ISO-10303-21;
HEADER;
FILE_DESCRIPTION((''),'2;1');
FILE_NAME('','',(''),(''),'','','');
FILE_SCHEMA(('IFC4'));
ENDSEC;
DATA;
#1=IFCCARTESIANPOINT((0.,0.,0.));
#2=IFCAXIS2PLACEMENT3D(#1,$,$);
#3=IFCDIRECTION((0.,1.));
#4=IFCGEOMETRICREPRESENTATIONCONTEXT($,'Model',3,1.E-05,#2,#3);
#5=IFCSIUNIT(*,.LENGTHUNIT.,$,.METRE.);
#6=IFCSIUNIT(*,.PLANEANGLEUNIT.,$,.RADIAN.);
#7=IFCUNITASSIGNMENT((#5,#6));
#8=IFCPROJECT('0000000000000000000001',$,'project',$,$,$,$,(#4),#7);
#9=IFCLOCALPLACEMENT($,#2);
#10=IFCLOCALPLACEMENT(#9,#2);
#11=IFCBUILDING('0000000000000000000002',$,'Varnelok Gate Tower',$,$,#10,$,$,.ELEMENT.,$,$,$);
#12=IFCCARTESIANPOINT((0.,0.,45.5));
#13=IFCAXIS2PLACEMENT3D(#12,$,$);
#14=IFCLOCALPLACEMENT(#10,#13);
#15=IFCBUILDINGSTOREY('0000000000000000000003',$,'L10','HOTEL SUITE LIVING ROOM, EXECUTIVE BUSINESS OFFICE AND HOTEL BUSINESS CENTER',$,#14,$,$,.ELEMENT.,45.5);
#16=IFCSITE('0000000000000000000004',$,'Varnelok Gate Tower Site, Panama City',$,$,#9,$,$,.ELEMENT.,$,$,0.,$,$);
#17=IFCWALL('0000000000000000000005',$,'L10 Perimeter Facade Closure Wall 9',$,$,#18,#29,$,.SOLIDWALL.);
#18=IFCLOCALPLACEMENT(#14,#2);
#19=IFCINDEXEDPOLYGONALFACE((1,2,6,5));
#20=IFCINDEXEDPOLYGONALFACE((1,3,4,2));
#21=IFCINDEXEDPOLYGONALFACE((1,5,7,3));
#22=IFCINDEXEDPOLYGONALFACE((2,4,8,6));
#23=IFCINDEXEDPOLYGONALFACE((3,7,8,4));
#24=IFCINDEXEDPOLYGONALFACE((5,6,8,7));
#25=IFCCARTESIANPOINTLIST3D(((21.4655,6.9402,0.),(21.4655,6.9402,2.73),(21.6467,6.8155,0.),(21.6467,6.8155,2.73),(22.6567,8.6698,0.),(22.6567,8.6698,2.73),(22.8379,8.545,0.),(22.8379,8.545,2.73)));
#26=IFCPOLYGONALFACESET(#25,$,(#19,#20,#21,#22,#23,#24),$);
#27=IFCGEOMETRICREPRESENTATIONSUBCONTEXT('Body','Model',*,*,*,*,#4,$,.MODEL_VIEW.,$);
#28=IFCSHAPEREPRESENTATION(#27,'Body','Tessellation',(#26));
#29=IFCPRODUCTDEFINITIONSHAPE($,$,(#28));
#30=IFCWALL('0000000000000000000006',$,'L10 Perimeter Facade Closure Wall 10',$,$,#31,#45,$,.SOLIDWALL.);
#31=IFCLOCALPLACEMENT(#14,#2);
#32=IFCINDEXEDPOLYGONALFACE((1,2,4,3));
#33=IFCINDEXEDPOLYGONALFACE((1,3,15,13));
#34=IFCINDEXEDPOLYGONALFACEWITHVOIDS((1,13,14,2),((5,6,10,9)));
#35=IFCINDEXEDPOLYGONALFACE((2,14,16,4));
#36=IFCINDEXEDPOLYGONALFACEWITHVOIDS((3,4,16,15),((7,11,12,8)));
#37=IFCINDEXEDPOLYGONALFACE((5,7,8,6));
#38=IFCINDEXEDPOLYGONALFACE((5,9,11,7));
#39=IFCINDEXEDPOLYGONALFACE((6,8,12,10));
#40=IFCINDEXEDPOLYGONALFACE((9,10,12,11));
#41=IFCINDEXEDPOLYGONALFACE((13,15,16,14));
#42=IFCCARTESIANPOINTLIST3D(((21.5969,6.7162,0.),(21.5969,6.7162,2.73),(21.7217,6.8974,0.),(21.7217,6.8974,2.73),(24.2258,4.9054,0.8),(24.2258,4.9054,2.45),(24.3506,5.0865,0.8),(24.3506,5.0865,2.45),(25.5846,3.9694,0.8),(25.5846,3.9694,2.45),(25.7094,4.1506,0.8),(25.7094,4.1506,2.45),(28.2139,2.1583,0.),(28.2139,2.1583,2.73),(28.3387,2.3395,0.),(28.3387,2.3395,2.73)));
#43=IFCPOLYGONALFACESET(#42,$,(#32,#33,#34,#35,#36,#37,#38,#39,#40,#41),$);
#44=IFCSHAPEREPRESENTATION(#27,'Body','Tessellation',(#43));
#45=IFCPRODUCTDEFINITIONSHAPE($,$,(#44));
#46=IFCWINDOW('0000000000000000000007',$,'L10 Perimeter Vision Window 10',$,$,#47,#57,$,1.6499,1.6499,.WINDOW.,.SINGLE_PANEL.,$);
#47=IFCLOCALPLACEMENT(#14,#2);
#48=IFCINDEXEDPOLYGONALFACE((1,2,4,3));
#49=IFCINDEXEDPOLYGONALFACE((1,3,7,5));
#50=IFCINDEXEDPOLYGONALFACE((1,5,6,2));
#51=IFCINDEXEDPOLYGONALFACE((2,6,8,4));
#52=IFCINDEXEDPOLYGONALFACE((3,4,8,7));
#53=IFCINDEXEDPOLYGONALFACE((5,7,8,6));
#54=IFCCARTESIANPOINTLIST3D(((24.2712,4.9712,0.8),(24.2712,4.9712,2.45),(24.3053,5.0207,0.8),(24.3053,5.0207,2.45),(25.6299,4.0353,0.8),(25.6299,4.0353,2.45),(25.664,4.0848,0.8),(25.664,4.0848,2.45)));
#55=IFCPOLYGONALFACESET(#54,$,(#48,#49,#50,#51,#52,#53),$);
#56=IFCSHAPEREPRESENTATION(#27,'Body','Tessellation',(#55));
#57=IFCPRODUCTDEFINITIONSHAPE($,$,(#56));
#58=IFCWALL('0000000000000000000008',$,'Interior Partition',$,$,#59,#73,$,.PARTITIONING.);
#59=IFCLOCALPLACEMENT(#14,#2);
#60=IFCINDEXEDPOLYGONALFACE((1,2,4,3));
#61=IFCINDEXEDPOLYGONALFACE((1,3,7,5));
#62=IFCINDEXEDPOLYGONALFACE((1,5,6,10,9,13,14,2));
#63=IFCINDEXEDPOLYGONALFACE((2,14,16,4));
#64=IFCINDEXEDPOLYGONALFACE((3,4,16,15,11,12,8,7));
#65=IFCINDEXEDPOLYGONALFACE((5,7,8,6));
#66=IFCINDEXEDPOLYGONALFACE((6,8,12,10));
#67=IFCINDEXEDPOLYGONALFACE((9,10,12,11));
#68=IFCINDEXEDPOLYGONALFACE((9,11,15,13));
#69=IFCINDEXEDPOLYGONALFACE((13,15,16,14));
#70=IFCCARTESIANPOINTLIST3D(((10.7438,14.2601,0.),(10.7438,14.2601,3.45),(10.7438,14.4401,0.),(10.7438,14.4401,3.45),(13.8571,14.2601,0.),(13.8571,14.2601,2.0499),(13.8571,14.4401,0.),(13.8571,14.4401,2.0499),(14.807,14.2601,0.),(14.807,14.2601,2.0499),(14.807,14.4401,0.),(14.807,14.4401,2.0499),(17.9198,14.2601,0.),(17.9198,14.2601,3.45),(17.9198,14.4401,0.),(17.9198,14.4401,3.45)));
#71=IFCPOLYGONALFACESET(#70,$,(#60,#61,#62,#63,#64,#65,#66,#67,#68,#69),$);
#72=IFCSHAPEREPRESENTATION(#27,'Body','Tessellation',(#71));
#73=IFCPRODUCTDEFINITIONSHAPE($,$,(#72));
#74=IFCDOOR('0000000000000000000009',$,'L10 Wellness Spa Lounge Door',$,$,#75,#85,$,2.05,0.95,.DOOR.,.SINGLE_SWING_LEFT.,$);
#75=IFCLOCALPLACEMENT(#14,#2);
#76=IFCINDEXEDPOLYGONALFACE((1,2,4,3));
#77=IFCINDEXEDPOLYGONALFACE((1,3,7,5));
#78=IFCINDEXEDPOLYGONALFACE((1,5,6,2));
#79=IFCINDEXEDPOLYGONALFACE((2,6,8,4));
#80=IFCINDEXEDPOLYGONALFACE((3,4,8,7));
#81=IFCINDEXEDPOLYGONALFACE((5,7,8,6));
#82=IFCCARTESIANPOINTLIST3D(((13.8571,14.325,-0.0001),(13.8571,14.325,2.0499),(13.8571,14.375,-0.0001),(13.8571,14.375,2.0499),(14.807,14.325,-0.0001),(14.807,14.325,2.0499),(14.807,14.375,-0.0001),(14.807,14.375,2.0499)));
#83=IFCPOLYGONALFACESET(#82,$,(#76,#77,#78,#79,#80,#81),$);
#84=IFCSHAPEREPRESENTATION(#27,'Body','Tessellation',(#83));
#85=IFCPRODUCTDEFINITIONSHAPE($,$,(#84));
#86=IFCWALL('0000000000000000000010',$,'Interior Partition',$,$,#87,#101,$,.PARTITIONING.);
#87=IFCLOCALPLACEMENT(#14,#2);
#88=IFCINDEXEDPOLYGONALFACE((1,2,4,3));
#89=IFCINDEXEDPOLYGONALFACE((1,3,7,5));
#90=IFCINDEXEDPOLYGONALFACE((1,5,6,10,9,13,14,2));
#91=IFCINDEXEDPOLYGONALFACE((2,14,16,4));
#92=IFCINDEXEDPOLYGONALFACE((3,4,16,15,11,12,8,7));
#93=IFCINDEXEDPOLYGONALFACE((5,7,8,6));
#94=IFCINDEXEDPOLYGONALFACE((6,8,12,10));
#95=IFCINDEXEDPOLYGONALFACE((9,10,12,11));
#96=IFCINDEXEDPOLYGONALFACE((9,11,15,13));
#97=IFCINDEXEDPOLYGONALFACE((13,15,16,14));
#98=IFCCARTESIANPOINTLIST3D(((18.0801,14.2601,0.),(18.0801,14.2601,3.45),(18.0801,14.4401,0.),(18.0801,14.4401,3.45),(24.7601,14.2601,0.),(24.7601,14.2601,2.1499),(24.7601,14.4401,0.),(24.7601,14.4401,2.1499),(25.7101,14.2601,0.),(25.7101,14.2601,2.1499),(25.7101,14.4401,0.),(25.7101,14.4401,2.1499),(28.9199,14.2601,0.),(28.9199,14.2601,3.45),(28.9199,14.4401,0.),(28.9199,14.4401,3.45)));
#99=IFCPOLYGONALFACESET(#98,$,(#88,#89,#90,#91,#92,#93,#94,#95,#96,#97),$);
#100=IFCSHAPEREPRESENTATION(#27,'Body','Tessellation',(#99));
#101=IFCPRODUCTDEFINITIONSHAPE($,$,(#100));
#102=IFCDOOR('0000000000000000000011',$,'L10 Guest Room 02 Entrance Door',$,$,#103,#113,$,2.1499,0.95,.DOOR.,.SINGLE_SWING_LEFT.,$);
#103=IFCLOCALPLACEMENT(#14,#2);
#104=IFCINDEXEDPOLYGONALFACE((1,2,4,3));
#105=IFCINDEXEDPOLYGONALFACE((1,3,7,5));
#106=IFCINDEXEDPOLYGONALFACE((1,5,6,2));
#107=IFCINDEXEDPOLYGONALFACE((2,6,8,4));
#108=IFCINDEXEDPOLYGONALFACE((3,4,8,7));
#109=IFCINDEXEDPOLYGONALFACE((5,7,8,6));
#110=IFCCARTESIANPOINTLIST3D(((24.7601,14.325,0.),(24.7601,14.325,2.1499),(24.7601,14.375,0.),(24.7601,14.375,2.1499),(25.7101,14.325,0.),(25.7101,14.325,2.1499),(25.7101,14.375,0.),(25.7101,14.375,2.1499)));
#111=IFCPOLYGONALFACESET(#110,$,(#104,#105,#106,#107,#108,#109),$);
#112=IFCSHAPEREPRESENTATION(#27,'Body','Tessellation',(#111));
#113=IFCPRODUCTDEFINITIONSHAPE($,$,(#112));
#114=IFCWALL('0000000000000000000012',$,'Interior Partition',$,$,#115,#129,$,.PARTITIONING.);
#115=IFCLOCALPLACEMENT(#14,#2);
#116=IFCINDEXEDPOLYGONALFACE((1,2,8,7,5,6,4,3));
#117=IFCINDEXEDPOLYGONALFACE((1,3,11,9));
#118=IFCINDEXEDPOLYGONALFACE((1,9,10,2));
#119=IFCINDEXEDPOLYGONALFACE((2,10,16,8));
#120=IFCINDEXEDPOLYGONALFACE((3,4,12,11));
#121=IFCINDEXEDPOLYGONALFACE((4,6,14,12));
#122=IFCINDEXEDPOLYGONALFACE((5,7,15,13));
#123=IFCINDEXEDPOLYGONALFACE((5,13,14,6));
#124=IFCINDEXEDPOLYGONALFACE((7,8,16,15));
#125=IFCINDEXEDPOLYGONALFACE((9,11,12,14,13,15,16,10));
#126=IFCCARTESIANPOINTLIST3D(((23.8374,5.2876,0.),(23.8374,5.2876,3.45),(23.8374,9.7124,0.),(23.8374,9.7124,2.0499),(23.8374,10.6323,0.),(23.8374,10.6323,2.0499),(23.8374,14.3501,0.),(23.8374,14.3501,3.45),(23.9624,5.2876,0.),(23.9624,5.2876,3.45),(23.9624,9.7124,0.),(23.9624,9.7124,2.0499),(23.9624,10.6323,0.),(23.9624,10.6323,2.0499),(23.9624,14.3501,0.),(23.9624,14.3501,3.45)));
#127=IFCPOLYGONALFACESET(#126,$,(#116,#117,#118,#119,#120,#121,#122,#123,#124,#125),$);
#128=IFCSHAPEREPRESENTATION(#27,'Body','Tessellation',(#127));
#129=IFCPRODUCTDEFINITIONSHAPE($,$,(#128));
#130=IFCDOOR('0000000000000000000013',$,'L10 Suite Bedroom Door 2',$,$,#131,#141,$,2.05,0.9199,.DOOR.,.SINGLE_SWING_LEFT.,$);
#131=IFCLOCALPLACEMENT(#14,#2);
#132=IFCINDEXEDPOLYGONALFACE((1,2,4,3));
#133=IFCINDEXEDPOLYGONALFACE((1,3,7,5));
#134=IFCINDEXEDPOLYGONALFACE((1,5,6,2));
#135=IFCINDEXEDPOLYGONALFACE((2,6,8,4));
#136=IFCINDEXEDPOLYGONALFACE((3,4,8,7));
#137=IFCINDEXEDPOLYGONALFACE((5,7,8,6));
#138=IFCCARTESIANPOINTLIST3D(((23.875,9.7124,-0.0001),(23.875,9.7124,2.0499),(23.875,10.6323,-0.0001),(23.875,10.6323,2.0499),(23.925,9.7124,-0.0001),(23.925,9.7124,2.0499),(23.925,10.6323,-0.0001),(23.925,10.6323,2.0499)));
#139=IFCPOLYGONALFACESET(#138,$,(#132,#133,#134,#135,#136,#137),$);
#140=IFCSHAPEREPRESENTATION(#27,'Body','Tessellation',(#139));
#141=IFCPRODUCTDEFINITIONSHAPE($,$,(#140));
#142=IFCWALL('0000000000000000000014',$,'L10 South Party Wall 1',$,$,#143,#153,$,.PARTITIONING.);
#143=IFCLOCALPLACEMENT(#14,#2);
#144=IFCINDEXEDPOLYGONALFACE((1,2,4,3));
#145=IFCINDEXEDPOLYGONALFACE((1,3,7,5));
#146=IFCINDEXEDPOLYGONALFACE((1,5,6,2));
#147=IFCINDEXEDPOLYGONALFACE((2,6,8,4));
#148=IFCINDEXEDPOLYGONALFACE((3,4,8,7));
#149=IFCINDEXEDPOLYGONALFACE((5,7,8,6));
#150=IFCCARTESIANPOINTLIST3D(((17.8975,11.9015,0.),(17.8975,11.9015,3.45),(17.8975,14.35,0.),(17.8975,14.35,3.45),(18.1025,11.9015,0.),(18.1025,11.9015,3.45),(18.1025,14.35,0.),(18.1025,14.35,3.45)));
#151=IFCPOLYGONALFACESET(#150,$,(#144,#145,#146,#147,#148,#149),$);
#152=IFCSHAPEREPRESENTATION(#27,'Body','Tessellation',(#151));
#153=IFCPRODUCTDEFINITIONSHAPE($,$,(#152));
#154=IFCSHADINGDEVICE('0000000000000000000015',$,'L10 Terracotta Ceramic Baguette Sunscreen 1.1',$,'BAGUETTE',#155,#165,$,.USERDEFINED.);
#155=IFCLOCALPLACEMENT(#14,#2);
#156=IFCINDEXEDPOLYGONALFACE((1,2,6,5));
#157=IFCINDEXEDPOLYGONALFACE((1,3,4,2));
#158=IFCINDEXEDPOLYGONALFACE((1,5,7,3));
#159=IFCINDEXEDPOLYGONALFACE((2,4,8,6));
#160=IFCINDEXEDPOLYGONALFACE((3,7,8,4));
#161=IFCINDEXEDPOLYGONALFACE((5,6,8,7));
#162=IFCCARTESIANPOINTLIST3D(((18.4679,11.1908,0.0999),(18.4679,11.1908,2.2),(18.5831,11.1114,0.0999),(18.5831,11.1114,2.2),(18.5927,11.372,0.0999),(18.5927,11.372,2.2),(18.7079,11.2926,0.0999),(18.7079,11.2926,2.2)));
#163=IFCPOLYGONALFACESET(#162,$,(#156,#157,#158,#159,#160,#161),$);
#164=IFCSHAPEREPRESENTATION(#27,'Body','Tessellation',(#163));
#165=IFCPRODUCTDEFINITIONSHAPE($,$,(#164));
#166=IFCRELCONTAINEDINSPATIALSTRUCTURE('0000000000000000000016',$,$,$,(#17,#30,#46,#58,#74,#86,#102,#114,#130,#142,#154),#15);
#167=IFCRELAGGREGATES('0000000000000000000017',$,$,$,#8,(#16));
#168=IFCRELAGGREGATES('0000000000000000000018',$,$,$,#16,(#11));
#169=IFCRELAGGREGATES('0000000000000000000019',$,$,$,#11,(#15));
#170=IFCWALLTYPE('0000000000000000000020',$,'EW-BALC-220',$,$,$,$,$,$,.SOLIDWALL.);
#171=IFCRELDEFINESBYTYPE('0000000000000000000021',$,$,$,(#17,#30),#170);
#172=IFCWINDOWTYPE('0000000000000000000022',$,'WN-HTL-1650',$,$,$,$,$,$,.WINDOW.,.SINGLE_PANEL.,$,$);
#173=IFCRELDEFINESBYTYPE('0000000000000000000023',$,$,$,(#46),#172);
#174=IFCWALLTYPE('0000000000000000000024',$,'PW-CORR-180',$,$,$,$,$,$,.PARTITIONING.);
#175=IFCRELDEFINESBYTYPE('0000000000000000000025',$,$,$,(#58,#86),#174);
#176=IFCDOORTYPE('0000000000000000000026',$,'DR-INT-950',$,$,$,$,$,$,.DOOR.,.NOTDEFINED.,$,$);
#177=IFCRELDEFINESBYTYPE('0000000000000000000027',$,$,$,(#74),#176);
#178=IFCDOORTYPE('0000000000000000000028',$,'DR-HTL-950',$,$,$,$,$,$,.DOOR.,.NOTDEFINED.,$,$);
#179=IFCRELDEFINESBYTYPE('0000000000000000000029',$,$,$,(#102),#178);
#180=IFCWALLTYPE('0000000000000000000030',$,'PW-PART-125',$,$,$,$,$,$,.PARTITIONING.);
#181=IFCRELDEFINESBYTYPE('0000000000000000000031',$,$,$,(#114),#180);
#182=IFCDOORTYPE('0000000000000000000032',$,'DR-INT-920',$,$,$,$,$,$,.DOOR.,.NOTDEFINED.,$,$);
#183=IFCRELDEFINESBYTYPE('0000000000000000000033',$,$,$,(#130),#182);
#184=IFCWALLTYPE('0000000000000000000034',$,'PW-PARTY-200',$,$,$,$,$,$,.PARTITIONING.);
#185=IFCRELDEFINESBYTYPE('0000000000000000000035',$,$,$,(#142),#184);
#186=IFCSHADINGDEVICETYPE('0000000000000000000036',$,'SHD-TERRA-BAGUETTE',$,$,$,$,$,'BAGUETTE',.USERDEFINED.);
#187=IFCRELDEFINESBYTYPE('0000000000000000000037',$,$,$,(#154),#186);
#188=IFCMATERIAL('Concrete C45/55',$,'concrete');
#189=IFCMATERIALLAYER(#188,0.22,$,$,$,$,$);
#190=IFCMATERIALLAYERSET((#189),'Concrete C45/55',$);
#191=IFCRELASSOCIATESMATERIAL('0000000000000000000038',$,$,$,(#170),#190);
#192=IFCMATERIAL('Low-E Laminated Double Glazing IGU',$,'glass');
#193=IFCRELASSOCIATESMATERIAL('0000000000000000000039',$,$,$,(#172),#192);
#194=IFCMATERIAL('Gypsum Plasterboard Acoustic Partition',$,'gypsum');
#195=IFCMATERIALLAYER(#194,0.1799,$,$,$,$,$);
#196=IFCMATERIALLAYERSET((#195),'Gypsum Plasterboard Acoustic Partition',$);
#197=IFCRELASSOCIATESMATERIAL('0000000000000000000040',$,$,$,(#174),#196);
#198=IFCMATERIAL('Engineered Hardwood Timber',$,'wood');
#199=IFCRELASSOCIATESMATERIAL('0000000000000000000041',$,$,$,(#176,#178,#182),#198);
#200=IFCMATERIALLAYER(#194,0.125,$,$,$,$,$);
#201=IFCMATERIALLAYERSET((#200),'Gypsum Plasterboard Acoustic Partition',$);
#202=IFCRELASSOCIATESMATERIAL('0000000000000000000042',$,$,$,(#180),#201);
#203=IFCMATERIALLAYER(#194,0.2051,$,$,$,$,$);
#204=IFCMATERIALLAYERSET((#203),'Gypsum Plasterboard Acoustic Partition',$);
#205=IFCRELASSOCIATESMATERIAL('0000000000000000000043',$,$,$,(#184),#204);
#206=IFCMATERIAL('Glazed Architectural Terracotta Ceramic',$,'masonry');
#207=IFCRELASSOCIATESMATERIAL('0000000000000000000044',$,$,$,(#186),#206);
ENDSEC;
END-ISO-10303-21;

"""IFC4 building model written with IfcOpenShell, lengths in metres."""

from ifc_helpers import new_model, si_unit, direction, frame, frame_2d, origin, origin_2d, place, context, subcontext, project, spatial, rectangle, extrude, source, transform, mapped, material, layer, layer_set, type_object, element, fill, save


model = new_model("IFC4")

# Units and contexts
model_context = context("Model", 3, precision=1e-05, world=origin(), true_north=direction((0.0, 1.0)))
body_context = subcontext(model_context, "Body", "Model", "MODEL_VIEW")
ifc_project = project(units=[si_unit("LENGTHUNIT", "METRE"), si_unit("PLANEANGLEUNIT", "RADIAN")], contexts=[model_context])

# Site, building, storey
site_placement = place(None, origin())
site = spatial("IfcSite", under=ifc_project, at=site_placement, Name="Varnelok Gate Tower Site, Panama City", CompositionType="ELEMENT", RefElevation=0.0)
building_placement = place(site_placement, origin())
building = spatial("IfcBuilding", under=site, at=building_placement, Name="Varnelok Gate Tower", CompositionType="ELEMENT")
storey_placement = place(building_placement, frame((0.0, 0.0, 45.5)))
storey = spatial("IfcBuildingStorey", under=building, at=storey_placement, Name="L10", Description="HOTEL SUITE LIVING ROOM, EXECUTIVE BUSINESS OFFICE AND HOTEL BUSINESS CENTER", CompositionType="ELEMENT", Elevation=45.5)

# Shared definitions
ifc_material_1 = material(Name="Concrete C45/55", Category="concrete")
ifc_layer_1 = layer(ifc_material_1, 0.22)
ifc_layer_set_1 = layer_set([ifc_layer_1], Name="Concrete C45/55")
wall_type_1 = type_object("IfcWallType", Name="EW-BALC-220", PredefinedType="SOLIDWALL", material=ifc_layer_set_1)

# Wall
wall_1_placement = place(storey_placement, frame((22.7473, 8.6074, 0.0), z_axis=(0.0, 0.0, 1.0), x_axis=(-0.567219, -0.823567, 0.0)))
element("IfcWall", 1, at=wall_1_placement, inside=storey, type_object=wall_type_1, Name="L10 Perimeter Facade Closure Wall 9", PredefinedType="SOLIDWALL", context=body_context, shape_type="SweptSolid", body=[
    extrude(rectangle(XDim=2.1001, YDim=0.22, at=frame_2d((1.05, 0.0))), origin(), (0.0, 0.0, 1.0), 2.73),
])

# Wall, opening, window
wall_2_placement = place(storey_placement, frame((21.6592, 6.8069, 0.0), z_axis=(0.0, 0.0, 1.0), x_axis=(0.823535, -0.567265, 0.0)))
wall_2 = element("IfcWall", 2, at=wall_2_placement, inside=storey, type_object=wall_type_1, Name="L10 Perimeter Facade Closure Wall 10", PredefinedType="SOLIDWALL", context=body_context, shape_type="SweptSolid", body=[
    extrude(rectangle(XDim=8.0349, YDim=0.22, at=frame_2d((4.0176, 0.0))), origin(), (0.0, 0.0, 1.0), 2.73),
])
opening_1_placement = place(wall_2_placement, frame((3.1924, 0.0, 0.8)))
opening_1 = element("IfcOpeningElement", 3, at=opening_1_placement, cuts=wall_2, PredefinedType="OPENING", context=body_context, shape_type="SweptSolid", body=[
    extrude(rectangle(XDim=1.6499, YDim=1.6499, at=frame_2d((0.825, 0.825))), frame((0.0, 0.1199, 0.0), z_axis=(0.0, -1.0, 0.0), x_axis=(1.0, 0.0, 0.0)), (0.0, 0.0, 1.0), 0.24),
])
ifc_material_2 = material(Name="Low-E Laminated Double Glazing IGU", Category="glass")
window_type = type_object("IfcWindowType", Name="WN-HTL-1650", PartitioningType="SINGLE_PANEL", PredefinedType="WINDOW", material=ifc_material_2)
window_placement = place(opening_1_placement, origin())
window = element("IfcWindow", 4, at=window_placement, inside=storey, type_object=window_type, Name="L10 Perimeter Vision Window 10", OverallHeight=1.6499, OverallWidth=1.6499, PartitioningType="SINGLE_PANEL", PredefinedType="WINDOW", context=body_context, shape_type="SweptSolid", body=[
    extrude(rectangle(XDim=1.6499, YDim=1.6499, at=frame_2d((0.825, 0.825))), frame((0.0, 0.03, 0.0), z_axis=(0.0, -1.0, 0.0), x_axis=(1.0, 0.0, 0.0)), (0.0, 0.0, 1.0), 0.0601),
])
fill(opening_1, window)

# Walls, openings, doors
ifc_material_3 = material(Name="Gypsum Plasterboard Acoustic Partition", Category="gypsum")
ifc_layer_2 = layer(ifc_material_3, 0.1799)
ifc_layer_set_2 = layer_set([ifc_layer_2], Name="Gypsum Plasterboard Acoustic Partition")
wall_type_2 = type_object("IfcWallType", Name="PW-CORR-180", PredefinedType="PARTITIONING", material=ifc_layer_set_2)
wall_3_placement = place(storey_placement, frame((10.7439, 14.3501, 0.0), z_axis=(0.0, 0.0, 1.0), x_axis=(1.0, 0.0, 0.0)))
wall_3 = element("IfcWall", 5, at=wall_3_placement, inside=storey, type_object=wall_type_2, Name="Interior Partition", PredefinedType="PARTITIONING", context=body_context, shape_type="SweptSolid", body=[
    extrude(rectangle(XDim=7.176, YDim=0.1799, at=frame_2d((3.5879, 0.0))), origin(), (0.0, 0.0, 1.0), 3.45),
])
opening_2_placement = place(wall_3_placement, frame((3.113, 0.0, 0.0)))
opening_2 = element("IfcOpeningElement", 6, at=opening_2_placement, cuts=wall_3, PredefinedType="OPENING", context=body_context, shape_type="SweptSolid", body=[
    extrude(rectangle(XDim=0.95, YDim=2.05, at=frame_2d((0.4751, 1.0249))), frame((0.0, 0.0999, 0.0), z_axis=(0.0, -1.0, 0.0), x_axis=(1.0, 0.0, 0.0)), (0.0, 0.0, 1.0), 0.2),
])
ifc_material_4 = material(Name="Engineered Hardwood Timber", Category="wood")
door_type_1 = type_object("IfcDoorType", Name="DR-INT-950", OperationType="NOTDEFINED", PredefinedType="DOOR", material=ifc_material_4)
door_1_placement = place(opening_2_placement, origin())
door_1 = element("IfcDoor", 7, at=door_1_placement, inside=storey, type_object=door_type_1, Name="L10 Wellness Spa Lounge Door", OperationType="SINGLE_SWING_LEFT", OverallHeight=2.05, OverallWidth=0.95, PredefinedType="DOOR", context=body_context, shape_type="SweptSolid", body=[
    extrude(rectangle(XDim=0.95, YDim=2.05, at=frame_2d((0.4751, 1.0249))), frame((0.0, 0.0249, 0.0), z_axis=(0.0, -1.0, 0.0), x_axis=(1.0, 0.0, 0.0)), (0.0, 0.0, 1.0), 0.05),
])
fill(opening_2, door_1)
wall_4_placement = place(storey_placement, frame((18.0801, 14.3501, 0.0), z_axis=(0.0, 0.0, 1.0), x_axis=(1.0, 0.0, 0.0)))
wall_4 = element("IfcWall", 8, at=wall_4_placement, inside=storey, type_object=wall_type_2, Name="Interior Partition", PredefinedType="PARTITIONING", context=body_context, shape_type="SweptSolid", body=[
    extrude(rectangle(XDim=10.8398, YDim=0.1799, at=frame_2d((5.4199, 0.0))), origin(), (0.0, 0.0, 1.0), 3.45),
])
opening_3_placement = place(wall_4_placement, frame((6.6799, 0.0, 0.0)))
opening_3 = element("IfcOpeningElement", 9, at=opening_3_placement, cuts=wall_4, PredefinedType="OPENING", context=body_context, shape_type="SweptSolid", body=[
    extrude(rectangle(XDim=0.95, YDim=2.1499, at=frame_2d((0.4751, 1.075))), frame((0.0, 0.0999, 0.0), z_axis=(0.0, -1.0, 0.0), x_axis=(1.0, 0.0, 0.0)), (0.0, 0.0, 1.0), 0.2),
])
door_type_2 = type_object("IfcDoorType", Name="DR-HTL-950", OperationType="NOTDEFINED", PredefinedType="DOOR", material=ifc_material_4)
door_2_placement = place(opening_3_placement, origin())
door_2 = element("IfcDoor", 10, at=door_2_placement, inside=storey, type_object=door_type_2, Name="L10 Guest Room 02 Entrance Door", OperationType="SINGLE_SWING_LEFT", OverallHeight=2.1499, OverallWidth=0.95, PredefinedType="DOOR", context=body_context, shape_type="SweptSolid", body=[
    extrude(rectangle(XDim=0.95, YDim=2.1499, at=frame_2d((0.4751, 1.075))), frame((0.0, 0.0249, 0.0), z_axis=(0.0, -1.0, 0.0), x_axis=(1.0, 0.0, 0.0)), (0.0, 0.0, 1.0), 0.05),
])
fill(opening_3, door_2)
ifc_layer_3 = layer(ifc_material_3, 0.125)
ifc_layer_set_3 = layer_set([ifc_layer_3], Name="Gypsum Plasterboard Acoustic Partition")
wall_type_3 = type_object("IfcWallType", Name="PW-PART-125", PredefinedType="PARTITIONING", material=ifc_layer_set_3)
wall_5_placement = place(storey_placement, frame((23.8999, 5.2876, 0.0), z_axis=(0.0, 0.0, 1.0), x_axis=(0.0, 1.0, 0.0)))
wall_5 = element("IfcWall", 11, at=wall_5_placement, inside=storey, type_object=wall_type_3, Name="Interior Partition", PredefinedType="PARTITIONING", context=body_context, shape_type="SweptSolid", body=[
    extrude(rectangle(XDim=9.0625, YDim=0.125, at=frame_2d((4.5312, 0.0))), origin(), (0.0, 0.0, 1.0), 3.45),
])
opening_4_placement = place(wall_5_placement, frame((4.4248, 0.0, 0.0)))
opening_4 = element("IfcOpeningElement", 12, at=opening_4_placement, cuts=wall_5, PredefinedType="OPENING", context=body_context, shape_type="SweptSolid", body=[
    extrude(rectangle(XDim=0.9199, YDim=2.05, at=frame_2d((0.46, 1.0249))), frame((0.0, 0.0725, 0.0), z_axis=(0.0, -1.0, 0.0), x_axis=(1.0, 0.0, 0.0)), (0.0, 0.0, 1.0), 0.145),
])
door_type_3 = type_object("IfcDoorType", Name="DR-INT-920", OperationType="NOTDEFINED", PredefinedType="DOOR", material=ifc_material_4)
door_3_placement = place(opening_4_placement, origin())
door_3 = element("IfcDoor", 13, at=door_3_placement, inside=storey, type_object=door_type_3, Name="L10 Suite Bedroom Door 2", OperationType="SINGLE_SWING_LEFT", OverallHeight=2.05, OverallWidth=0.9199, PredefinedType="DOOR", context=body_context, shape_type="SweptSolid", body=[
    extrude(rectangle(XDim=0.9199, YDim=2.05, at=frame_2d((0.46, 1.0249))), frame((0.0, 0.0249, 0.0), z_axis=(0.0, -1.0, 0.0), x_axis=(1.0, 0.0, 0.0)), (0.0, 0.0, 1.0), 0.05),
])
fill(opening_4, door_3)

# Wall
ifc_layer_4 = layer(ifc_material_3, 0.2051)
ifc_layer_set_4 = layer_set([ifc_layer_4], Name="Gypsum Plasterboard Acoustic Partition")
wall_type_4 = type_object("IfcWallType", Name="PW-PARTY-200", PredefinedType="PARTITIONING", material=ifc_layer_set_4)
wall_6_placement = place(storey_placement, frame((18.0, 11.9016, 0.0), z_axis=(0.0, 0.0, 1.0), x_axis=(0.0, 1.0, 0.0)))
element("IfcWall", 14, at=wall_6_placement, inside=storey, type_object=wall_type_4, Name="L10 South Party Wall 1", PredefinedType="PARTITIONING", context=body_context, shape_type="SweptSolid", body=[
    extrude(rectangle(XDim=2.4485, YDim=0.2051, at=frame_2d((1.2241, 0.0))), origin(), (0.0, 0.0, 1.0), 3.45),
])

# Shading device
ifc_material_5 = material(Name="Glazed Architectural Terracotta Ceramic", Category="masonry")
shading_device_type = type_object("IfcShadingDeviceType", Name="SHD-TERRA-BAGUETTE", ElementType="BAGUETTE", PredefinedType="USERDEFINED", material=ifc_material_5)
shared_shape_1 = source(origin(), body_context, "Body", "SweptSolid", [
    extrude(rectangle(XDim=0.1399, YDim=0.22, at=origin_2d()), origin(), (0.0, 0.0, 1.0), 2.1001),
])
shading_device_placement = place(storey_placement, frame((18.5879, 11.2417, 0.0999), z_axis=(0.0, 0.0, 1.0), x_axis=(0.823533, -0.567269, 0.0)))
element("IfcShadingDevice", 15, at=shading_device_placement, inside=storey, type_object=shading_device_type, Name="L10 Terracotta Ceramic Baguette Sunscreen 1.1", ObjectType="BAGUETTE", PredefinedType="USERDEFINED", context=body_context, shape_type="MappedRepresentation", body=[
    mapped(shared_shape_1, transform((0.0, 0.0, 0.0), scale=1.0)),
])

save(model, "model.ifc")
